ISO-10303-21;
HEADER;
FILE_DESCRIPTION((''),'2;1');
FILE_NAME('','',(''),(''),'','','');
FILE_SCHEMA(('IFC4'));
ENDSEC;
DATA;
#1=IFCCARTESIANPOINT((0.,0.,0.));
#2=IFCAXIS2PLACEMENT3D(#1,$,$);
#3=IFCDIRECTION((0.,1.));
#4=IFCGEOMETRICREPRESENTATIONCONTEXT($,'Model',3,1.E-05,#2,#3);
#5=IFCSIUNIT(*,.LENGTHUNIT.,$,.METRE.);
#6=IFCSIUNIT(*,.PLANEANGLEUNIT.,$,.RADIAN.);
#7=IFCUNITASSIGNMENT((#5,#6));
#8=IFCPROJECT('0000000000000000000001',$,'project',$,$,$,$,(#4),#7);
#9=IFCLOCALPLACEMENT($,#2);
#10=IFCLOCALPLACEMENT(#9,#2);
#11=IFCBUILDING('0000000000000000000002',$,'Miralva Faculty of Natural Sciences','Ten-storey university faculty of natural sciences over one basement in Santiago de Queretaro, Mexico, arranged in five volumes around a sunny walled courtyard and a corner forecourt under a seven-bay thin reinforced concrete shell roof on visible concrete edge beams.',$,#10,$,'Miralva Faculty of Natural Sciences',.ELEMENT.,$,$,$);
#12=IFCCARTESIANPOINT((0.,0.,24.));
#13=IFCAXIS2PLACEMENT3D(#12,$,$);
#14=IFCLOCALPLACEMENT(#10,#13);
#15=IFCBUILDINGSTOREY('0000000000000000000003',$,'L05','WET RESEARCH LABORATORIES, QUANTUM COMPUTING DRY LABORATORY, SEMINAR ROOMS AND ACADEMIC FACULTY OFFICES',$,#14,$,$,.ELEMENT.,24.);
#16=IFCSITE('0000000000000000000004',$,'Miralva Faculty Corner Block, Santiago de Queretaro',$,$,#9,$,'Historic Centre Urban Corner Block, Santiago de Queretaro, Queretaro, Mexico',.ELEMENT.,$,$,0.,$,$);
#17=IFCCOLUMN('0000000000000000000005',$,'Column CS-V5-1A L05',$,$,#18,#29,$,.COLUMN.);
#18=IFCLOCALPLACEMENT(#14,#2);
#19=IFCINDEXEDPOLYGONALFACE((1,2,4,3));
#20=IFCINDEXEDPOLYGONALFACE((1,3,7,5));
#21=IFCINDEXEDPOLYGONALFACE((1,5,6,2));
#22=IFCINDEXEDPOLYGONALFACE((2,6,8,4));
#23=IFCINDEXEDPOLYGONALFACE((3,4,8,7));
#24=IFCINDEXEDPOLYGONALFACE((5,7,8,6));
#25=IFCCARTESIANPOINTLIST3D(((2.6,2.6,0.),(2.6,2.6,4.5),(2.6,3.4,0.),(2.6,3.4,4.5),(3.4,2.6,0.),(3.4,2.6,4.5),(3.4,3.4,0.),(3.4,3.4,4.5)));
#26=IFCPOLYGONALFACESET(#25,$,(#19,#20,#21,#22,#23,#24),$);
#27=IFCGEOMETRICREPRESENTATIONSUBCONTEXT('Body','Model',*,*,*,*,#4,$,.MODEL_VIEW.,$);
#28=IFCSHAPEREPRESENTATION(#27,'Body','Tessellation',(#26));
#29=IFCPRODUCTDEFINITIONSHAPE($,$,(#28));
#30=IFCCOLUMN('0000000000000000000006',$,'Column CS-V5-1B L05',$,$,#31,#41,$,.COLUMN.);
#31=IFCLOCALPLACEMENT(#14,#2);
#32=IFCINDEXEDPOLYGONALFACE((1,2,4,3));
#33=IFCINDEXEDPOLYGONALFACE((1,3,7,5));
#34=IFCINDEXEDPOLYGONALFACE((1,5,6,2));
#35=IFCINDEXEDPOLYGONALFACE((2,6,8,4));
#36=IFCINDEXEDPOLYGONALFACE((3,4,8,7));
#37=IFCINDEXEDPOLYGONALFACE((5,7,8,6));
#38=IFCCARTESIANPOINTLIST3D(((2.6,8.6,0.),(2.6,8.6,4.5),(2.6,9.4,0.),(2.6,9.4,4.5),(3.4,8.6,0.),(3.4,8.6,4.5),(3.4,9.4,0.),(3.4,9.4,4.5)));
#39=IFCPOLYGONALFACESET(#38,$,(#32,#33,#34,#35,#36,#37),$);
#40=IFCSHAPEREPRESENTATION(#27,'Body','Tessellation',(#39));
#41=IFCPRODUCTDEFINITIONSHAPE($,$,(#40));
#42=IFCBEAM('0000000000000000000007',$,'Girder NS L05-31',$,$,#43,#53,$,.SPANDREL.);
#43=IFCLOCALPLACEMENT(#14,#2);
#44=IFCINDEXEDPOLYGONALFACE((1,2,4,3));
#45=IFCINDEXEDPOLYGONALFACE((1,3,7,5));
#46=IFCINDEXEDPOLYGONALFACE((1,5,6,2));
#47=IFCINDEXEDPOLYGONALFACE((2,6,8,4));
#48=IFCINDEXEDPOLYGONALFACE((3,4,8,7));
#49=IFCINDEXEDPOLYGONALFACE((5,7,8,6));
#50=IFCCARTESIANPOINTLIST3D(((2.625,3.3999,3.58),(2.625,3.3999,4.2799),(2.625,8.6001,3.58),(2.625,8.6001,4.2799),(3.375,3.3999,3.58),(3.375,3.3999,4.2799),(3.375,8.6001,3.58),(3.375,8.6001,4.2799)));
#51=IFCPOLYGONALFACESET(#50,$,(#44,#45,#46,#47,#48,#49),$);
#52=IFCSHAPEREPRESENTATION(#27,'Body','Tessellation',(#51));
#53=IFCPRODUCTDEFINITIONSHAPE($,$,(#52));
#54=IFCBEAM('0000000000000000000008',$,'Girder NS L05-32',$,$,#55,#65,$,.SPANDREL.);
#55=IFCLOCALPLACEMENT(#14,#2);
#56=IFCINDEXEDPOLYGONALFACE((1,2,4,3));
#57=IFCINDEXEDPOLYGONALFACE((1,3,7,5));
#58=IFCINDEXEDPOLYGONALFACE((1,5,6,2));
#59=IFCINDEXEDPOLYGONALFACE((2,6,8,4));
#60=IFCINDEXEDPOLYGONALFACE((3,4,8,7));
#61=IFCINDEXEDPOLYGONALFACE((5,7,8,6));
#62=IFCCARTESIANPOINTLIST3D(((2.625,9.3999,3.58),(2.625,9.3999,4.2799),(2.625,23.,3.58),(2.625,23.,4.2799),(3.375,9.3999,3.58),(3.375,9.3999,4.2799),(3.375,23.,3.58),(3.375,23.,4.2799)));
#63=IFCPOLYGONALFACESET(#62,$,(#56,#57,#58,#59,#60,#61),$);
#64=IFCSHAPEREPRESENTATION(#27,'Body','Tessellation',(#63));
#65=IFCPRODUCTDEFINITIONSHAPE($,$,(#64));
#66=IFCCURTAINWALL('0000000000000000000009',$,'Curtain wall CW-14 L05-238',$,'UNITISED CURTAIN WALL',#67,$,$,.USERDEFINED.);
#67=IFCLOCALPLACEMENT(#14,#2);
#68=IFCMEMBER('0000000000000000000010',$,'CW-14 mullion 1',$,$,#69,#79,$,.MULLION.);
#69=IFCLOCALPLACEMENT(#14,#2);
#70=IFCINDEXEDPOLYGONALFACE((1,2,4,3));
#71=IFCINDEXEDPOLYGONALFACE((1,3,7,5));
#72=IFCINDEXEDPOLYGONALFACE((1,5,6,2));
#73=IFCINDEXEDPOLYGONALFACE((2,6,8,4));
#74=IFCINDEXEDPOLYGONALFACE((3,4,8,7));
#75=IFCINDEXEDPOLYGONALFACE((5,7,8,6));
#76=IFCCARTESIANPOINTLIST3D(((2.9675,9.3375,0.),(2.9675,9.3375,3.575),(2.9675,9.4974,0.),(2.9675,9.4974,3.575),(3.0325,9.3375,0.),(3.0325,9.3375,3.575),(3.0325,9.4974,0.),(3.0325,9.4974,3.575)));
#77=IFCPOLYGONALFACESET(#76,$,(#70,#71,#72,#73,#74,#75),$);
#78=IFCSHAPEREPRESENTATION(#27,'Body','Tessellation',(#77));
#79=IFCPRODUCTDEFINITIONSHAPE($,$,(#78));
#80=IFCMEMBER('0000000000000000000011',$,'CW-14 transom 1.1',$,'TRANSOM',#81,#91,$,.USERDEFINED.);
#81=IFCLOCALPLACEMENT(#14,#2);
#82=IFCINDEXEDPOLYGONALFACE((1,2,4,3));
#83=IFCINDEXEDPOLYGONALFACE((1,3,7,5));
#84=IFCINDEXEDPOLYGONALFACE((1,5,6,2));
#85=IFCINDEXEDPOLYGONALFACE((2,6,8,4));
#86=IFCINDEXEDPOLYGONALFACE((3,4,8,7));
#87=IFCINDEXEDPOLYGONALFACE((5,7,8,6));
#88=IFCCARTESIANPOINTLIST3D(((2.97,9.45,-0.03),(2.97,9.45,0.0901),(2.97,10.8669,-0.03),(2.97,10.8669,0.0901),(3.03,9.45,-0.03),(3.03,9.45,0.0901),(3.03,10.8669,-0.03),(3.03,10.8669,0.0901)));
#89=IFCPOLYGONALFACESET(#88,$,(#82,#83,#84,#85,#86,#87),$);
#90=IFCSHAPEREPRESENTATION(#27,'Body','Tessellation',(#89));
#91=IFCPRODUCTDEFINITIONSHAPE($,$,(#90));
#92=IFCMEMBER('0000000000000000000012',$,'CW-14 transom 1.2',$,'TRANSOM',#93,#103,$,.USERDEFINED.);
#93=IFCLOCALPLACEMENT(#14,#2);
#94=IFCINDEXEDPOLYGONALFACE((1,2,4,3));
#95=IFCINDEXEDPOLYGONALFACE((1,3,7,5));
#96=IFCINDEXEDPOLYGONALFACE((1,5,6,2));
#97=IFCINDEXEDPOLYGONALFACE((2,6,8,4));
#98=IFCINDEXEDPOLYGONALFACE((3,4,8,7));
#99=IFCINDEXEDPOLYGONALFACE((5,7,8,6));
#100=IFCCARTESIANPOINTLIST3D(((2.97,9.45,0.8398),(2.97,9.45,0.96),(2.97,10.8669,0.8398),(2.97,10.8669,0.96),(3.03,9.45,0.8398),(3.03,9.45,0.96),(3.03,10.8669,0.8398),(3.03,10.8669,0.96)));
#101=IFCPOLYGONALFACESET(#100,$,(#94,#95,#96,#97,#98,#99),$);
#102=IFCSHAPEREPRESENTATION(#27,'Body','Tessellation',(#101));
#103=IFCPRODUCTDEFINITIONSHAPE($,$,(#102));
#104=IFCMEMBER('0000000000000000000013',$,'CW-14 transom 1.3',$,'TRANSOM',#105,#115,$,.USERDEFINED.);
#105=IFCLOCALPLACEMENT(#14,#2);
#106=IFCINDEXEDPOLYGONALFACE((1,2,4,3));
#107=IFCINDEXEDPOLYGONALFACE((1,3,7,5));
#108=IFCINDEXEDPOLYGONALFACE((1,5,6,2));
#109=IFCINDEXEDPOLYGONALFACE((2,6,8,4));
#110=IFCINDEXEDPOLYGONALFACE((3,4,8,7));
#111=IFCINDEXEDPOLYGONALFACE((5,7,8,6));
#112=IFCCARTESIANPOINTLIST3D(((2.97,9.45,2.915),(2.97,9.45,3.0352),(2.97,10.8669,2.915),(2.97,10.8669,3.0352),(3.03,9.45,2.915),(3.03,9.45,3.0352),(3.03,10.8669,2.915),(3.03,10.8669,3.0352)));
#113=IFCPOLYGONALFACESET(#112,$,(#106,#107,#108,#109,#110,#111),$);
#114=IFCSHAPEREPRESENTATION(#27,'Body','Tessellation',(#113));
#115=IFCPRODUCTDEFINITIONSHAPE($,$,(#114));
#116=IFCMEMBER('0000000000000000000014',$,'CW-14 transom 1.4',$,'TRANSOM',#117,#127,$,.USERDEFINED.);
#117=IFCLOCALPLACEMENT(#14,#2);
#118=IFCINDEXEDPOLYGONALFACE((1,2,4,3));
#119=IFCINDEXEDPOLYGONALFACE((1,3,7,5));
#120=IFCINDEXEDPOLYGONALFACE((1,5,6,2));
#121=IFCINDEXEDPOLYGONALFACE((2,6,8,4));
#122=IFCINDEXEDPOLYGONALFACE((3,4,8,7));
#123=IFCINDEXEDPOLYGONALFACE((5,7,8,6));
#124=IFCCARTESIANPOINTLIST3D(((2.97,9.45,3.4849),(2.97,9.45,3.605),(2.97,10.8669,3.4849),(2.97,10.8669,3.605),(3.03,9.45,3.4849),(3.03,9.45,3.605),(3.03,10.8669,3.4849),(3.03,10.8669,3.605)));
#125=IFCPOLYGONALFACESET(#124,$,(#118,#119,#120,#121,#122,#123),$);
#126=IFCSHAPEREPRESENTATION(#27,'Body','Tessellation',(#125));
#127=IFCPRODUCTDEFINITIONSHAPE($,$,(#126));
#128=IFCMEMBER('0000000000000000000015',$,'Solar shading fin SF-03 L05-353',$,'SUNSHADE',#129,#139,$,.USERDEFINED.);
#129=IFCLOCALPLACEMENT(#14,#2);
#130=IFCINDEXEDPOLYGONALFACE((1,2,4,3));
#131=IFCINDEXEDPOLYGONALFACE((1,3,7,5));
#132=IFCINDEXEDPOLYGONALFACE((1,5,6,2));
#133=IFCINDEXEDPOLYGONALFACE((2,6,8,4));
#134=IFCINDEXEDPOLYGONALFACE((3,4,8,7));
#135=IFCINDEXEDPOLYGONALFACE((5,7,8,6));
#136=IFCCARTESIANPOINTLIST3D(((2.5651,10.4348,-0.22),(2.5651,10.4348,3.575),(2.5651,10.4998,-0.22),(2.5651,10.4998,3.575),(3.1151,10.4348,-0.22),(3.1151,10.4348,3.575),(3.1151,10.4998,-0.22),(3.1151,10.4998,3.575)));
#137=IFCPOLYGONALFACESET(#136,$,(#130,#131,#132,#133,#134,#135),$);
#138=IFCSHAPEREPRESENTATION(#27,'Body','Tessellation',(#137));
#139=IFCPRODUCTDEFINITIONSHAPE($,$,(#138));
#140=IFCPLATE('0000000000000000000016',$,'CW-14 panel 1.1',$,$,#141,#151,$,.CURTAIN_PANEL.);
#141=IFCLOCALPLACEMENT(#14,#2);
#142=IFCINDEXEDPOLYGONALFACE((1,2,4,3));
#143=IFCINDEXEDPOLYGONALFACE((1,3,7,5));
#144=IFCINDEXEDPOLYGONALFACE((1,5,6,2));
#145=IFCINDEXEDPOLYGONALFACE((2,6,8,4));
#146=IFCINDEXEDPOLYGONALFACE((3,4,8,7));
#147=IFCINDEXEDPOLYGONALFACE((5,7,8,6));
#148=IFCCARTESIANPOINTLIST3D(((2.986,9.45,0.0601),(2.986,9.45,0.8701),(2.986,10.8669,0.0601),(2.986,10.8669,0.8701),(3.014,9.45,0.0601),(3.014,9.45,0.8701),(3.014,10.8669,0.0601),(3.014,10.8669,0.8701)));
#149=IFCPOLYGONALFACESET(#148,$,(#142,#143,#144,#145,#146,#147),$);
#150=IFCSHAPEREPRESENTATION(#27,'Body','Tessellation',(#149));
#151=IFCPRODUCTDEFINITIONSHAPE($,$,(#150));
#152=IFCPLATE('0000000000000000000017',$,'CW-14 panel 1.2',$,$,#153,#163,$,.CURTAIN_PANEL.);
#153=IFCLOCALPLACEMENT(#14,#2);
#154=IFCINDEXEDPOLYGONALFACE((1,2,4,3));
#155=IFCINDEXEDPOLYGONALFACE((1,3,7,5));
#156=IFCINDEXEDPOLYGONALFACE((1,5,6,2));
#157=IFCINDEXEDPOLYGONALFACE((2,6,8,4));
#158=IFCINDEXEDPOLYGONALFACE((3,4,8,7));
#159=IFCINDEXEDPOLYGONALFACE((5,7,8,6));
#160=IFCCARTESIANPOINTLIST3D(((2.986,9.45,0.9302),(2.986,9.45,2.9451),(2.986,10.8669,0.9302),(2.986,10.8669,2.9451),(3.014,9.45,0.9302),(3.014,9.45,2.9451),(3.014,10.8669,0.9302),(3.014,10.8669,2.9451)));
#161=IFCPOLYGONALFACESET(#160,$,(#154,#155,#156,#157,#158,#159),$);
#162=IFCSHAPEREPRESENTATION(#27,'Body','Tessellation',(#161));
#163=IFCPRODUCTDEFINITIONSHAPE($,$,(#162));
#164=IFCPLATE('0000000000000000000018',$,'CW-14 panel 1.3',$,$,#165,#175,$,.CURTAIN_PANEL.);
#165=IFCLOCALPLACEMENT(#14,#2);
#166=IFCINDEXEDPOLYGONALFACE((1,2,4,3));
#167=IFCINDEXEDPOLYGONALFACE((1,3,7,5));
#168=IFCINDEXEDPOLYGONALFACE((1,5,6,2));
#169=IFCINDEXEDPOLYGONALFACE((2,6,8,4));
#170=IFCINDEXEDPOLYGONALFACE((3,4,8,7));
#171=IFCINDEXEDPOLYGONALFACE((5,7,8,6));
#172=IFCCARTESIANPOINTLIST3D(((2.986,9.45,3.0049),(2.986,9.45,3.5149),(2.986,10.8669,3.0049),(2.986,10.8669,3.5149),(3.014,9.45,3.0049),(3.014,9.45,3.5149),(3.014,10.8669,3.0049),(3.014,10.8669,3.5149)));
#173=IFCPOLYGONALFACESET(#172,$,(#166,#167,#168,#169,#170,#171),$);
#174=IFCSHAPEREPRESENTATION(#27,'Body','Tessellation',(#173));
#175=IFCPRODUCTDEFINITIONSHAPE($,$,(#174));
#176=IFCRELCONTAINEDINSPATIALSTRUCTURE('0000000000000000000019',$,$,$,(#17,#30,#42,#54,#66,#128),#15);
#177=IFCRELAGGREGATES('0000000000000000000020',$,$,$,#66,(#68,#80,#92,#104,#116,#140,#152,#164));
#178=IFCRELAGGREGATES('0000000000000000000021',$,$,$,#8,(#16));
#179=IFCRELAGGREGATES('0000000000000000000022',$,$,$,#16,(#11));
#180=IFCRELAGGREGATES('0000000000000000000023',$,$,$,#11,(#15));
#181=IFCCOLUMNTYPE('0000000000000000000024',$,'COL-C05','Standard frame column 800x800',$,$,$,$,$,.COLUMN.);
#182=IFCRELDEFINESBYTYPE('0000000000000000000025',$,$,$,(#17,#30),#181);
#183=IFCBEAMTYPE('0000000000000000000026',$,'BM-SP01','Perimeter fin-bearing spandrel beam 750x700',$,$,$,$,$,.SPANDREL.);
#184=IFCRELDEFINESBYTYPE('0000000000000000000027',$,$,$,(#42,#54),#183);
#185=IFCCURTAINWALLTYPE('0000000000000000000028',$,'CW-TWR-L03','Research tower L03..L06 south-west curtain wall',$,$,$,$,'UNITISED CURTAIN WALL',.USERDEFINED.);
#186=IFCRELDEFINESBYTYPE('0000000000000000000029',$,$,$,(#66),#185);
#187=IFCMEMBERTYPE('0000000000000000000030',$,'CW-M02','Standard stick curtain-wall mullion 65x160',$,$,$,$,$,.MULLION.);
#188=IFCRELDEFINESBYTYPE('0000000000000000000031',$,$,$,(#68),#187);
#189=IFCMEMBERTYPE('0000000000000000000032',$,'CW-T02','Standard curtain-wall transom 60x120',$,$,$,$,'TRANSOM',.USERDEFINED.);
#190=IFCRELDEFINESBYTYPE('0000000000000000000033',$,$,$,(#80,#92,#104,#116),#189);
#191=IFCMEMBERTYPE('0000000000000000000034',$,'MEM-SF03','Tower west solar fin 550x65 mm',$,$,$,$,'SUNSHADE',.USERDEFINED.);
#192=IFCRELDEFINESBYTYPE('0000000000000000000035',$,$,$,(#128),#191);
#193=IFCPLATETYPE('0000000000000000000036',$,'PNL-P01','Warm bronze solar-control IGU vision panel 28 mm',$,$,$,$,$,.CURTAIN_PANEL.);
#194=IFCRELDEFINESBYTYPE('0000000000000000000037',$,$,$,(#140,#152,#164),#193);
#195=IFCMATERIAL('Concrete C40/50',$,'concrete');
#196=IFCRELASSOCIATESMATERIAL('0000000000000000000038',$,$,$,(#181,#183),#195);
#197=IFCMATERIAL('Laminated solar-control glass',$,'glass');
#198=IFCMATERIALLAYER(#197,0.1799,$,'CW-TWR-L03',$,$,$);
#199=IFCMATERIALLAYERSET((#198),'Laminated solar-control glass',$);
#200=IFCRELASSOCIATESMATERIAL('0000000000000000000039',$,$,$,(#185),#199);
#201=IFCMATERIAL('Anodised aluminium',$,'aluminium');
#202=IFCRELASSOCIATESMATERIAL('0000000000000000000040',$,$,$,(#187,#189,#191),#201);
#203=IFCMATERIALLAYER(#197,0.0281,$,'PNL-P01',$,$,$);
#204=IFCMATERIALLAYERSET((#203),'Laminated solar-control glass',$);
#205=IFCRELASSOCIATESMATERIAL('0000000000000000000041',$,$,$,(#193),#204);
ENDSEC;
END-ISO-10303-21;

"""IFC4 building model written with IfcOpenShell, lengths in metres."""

from ifc_helpers import new_model, si_unit, direction, frame, origin, origin_2d, place, context, subcontext, project, spatial, rectangle, extrude, material, layer, layer_set, material_profile, profile_set, type_object, element, aggregate, save


model = new_model("IFC4")

# Units and contexts
model_context = context("Model", 3, precision=1e-05, world=origin(), true_north=direction((0.0, 1.0)))
body_context = subcontext(model_context, "Body", "Model", "MODEL_VIEW")
ifc_project = project(units=[si_unit("LENGTHUNIT", "METRE"), si_unit("PLANEANGLEUNIT", "RADIAN")], contexts=[model_context])

# Site, building, storey
site_placement = place(None, origin())
site = spatial("IfcSite", under=ifc_project, at=site_placement, Name="Miralva Faculty Corner Block, Santiago de Queretaro", LongName="Historic Centre Urban Corner Block, Santiago de Queretaro, Queretaro, Mexico", CompositionType="ELEMENT", RefElevation=0.0)
building_placement = place(site_placement, origin())
building = spatial("IfcBuilding", under=site, at=building_placement, Name="Miralva Faculty of Natural Sciences", Description="Ten-storey university faculty of natural sciences over one basement in Santiago de Queretaro, Mexico, arranged in five volumes around a sunny walled courtyard and a corner forecourt under a seven-bay thin reinforced concrete shell roof on visible concrete edge beams.", LongName="Miralva Faculty of Natural Sciences", CompositionType="ELEMENT")
storey_placement = place(building_placement, frame((0.0, 0.0, 24.0)))
storey = spatial("IfcBuildingStorey", under=building, at=storey_placement, Name="L05", Description="WET RESEARCH LABORATORIES, QUANTUM COMPUTING DRY LABORATORY, SEMINAR ROOMS AND ACADEMIC FACULTY OFFICES", CompositionType="ELEMENT", Elevation=24.0)

# Columns
ifc_material_1 = material(Name="Concrete C40/50", Category="concrete")
ifc_material_profile_1 = material_profile(ifc_material_1, rectangle(XDim=0.8, YDim=0.8, at=origin_2d()), Name="RC 800x800")
ifc_profile_set_1 = profile_set([ifc_material_profile_1], Name="Concrete C40/50")
column_type = type_object("IfcColumnType", Name="COL-C05", Description="Standard frame column 800x800", PredefinedType="COLUMN", material=ifc_profile_set_1)
for number, where, z_axis, x_axis, name in (
    (1, (3.0, 3.0, 0.0), (0.0, 0.0, 1.0), (1.0, 0.0, 0.0), "Column CS-V5-1A L05"),
    (2, (3.0, 9.0, 0.0), (0.0, 0.0, 1.0), (1.0, 0.0, 0.0), "Column CS-V5-1B L05"),
):
    element("IfcColumn", number, at=place(storey_placement, frame(where, z_axis=z_axis, x_axis=x_axis)), inside=storey, type_object=column_type, Name=name, PredefinedType="COLUMN", context=body_context, shape_type="SweptSolid", body=[
        extrude(rectangle(XDim=0.8, YDim=0.8, at=origin_2d()), origin(), (0.0, 0.0, 1.0), 4.5),
    ])

# Beams
ifc_material_profile_2 = material_profile(ifc_material_1, rectangle(XDim=0.75, YDim=0.7, at=origin_2d()), Name="RC 750x700")
ifc_profile_set_2 = profile_set([ifc_material_profile_2], Name="Concrete C40/50")
beam_type = type_object("IfcBeamType", Name="BM-SP01", Description="Perimeter fin-bearing spandrel beam 750x700", PredefinedType="SPANDREL", material=ifc_profile_set_2)
beam_1_placement = place(storey_placement, frame((3.0, 3.3999, 3.9299), z_axis=(0.0, 1.0, 0.0), x_axis=(-1.0, 0.0, 0.0)))
element("IfcBeam", 3, at=beam_1_placement, inside=storey, type_object=beam_type, Name="Girder NS L05-31", PredefinedType="SPANDREL", context=body_context, shape_type="SweptSolid", body=[
    extrude(rectangle(XDim=0.75, YDim=0.7, at=origin_2d()), origin(), (0.0, 0.0, 1.0), 5.2002),
])
beam_2_placement = place(storey_placement, frame((3.0, 9.3999, 3.9299), z_axis=(0.0, 1.0, 0.0), x_axis=(-1.0, 0.0, 0.0)))
element("IfcBeam", 4, at=beam_2_placement, inside=storey, type_object=beam_type, Name="Girder NS L05-32", PredefinedType="SPANDREL", context=body_context, shape_type="SweptSolid", body=[
    extrude(rectangle(XDim=0.75, YDim=0.7, at=origin_2d()), origin(), (0.0, 0.0, 1.0), 13.6001),
])

# Curtain wall, members
ifc_material_2 = material(Name="Laminated solar-control glass", Category="glass")
ifc_layer_1 = layer(ifc_material_2, 0.1799, Name="CW-TWR-L03")
ifc_layer_set_1 = layer_set([ifc_layer_1], Name="Laminated solar-control glass")
curtain_wall_type = type_object("IfcCurtainWallType", Name="CW-TWR-L03", Description="Research tower L03..L06 south-west curtain wall", ElementType="UNITISED CURTAIN WALL", PredefinedType="USERDEFINED", material=ifc_layer_set_1)
curtain_wall_placement = place(storey_placement, origin())
curtain_wall = element("IfcCurtainWall", 5, at=curtain_wall_placement, inside=storey, type_object=curtain_wall_type, Name="Curtain wall CW-14 L05-238", ObjectType="UNITISED CURTAIN WALL", PredefinedType="USERDEFINED")
ifc_material_3 = material(Name="Anodised aluminium", Category="aluminium")
ifc_material_profile_3 = material_profile(ifc_material_3, rectangle(XDim=0.0649, YDim=0.1599, at=origin_2d()), Name="MULLION 65x160")
ifc_profile_set_3 = profile_set([ifc_material_profile_3], Name="Anodised aluminium")
member_type_1 = type_object("IfcMemberType", Name="CW-M02", Description="Standard stick curtain-wall mullion 65x160", PredefinedType="MULLION", material=ifc_profile_set_3)
member_1_placement = place(storey_placement, frame((3.0, 9.4175, 0.0), z_axis=(0.0, 0.0, 1.0), x_axis=(-1.0, 0.0, 0.0)))
member_1 = element("IfcMember", 6, at=member_1_placement, type_object=member_type_1, Name="CW-14 mullion 1", PredefinedType="MULLION", context=body_context, shape_type="SweptSolid", body=[
    extrude(rectangle(XDim=0.0649, YDim=0.1599, at=origin_2d()), origin(), (0.0, 0.0, 1.0), 3.575),
])
ifc_material_profile_4 = material_profile(ifc_material_3, rectangle(XDim=0.0601, YDim=0.1201, at=origin_2d()), Name="TRANSOM 60x120")
ifc_profile_set_4 = profile_set([ifc_material_profile_4], Name="Anodised aluminium")
member_type_2 = type_object("IfcMemberType", Name="CW-T02", Description="Standard curtain-wall transom 60x120", ElementType="TRANSOM", PredefinedType="USERDEFINED", material=ifc_profile_set_4)
member_2_placement = place(storey_placement, frame((3.0, 9.45, 0.03), z_axis=(0.0, 1.0, 0.0), x_axis=(-1.0, 0.0, 0.0)))
member_2 = element("IfcMember", 7, at=member_2_placement, type_object=member_type_2, Name="CW-14 transom 1.1", ObjectType="TRANSOM", PredefinedType="USERDEFINED", context=body_context, shape_type="SweptSolid", body=[
    extrude(rectangle(XDim=0.0601, YDim=0.1201, at=origin_2d()), origin(), (0.0, 0.0, 1.0), 1.417),
])
member_3_placement = place(storey_placement, frame((3.0, 9.45, 0.8999), z_axis=(0.0, 1.0, 0.0), x_axis=(-1.0, 0.0, 0.0)))
member_3 = element("IfcMember", 8, at=member_3_placement, type_object=member_type_2, Name="CW-14 transom 1.2", ObjectType="TRANSOM", PredefinedType="USERDEFINED", context=body_context, shape_type="SweptSolid", body=[
    extrude(rectangle(XDim=0.0601, YDim=0.1201, at=origin_2d()), origin(), (0.0, 0.0, 1.0), 1.417),
])
member_4_placement = place(storey_placement, frame((3.0, 9.45, 2.9751), z_axis=(0.0, 1.0, 0.0), x_axis=(-1.0, 0.0, 0.0)))
member_4 = element("IfcMember", 9, at=member_4_placement, type_object=member_type_2, Name="CW-14 transom 1.3", ObjectType="TRANSOM", PredefinedType="USERDEFINED", context=body_context, shape_type="SweptSolid", body=[
    extrude(rectangle(XDim=0.0601, YDim=0.1201, at=origin_2d()), origin(), (0.0, 0.0, 1.0), 1.417),
])
member_5_placement = place(storey_placement, frame((3.0, 9.45, 3.5449), z_axis=(0.0, 1.0, 0.0), x_axis=(-1.0, 0.0, 0.0)))
member_5 = element("IfcMember", 10, at=member_5_placement, type_object=member_type_2, Name="CW-14 transom 1.4", ObjectType="TRANSOM", PredefinedType="USERDEFINED", context=body_context, shape_type="SweptSolid", body=[
    extrude(rectangle(XDim=0.0601, YDim=0.1201, at=origin_2d()), origin(), (0.0, 0.0, 1.0), 1.417),
])

# Member
ifc_material_profile_5 = material_profile(ifc_material_3, rectangle(XDim=0.0649, YDim=0.55, at=origin_2d()), Name="FIN 550x65")
ifc_profile_set_5 = profile_set([ifc_material_profile_5], Name="Anodised aluminium")
member_type_3 = type_object("IfcMemberType", Name="MEM-SF03", Description="Tower west solar fin 550x65 mm", ElementType="SUNSHADE", PredefinedType="USERDEFINED", material=ifc_profile_set_5)
member_6_placement = place(storey_placement, frame((2.8401, 10.4673, -0.22), z_axis=(0.0, 0.0, 1.0), x_axis=(0.0, -1.0, 0.0)))
element("IfcMember", 11, at=member_6_placement, inside=storey, type_object=member_type_3, Name="Solar shading fin SF-03 L05-353", ObjectType="SUNSHADE", PredefinedType="USERDEFINED", context=body_context, shape_type="SweptSolid", body=[
    extrude(rectangle(XDim=0.0649, YDim=0.55, at=origin_2d()), origin(), (0.0, 0.0, 1.0), 3.7949),
])

# Plates
ifc_layer_2 = layer(ifc_material_2, 0.0281, Name="PNL-P01")
ifc_layer_set_2 = layer_set([ifc_layer_2], Name="Laminated solar-control glass")
plate_type = type_object("IfcPlateType", Name="PNL-P01", Description="Warm bronze solar-control IGU vision panel 28 mm", PredefinedType="CURTAIN_PANEL", material=ifc_layer_set_2)
plate_1_placement = place(storey_placement, frame((3.0, 10.1584, 0.0601), z_axis=(0.0, 0.0, 1.0), x_axis=(0.0, 1.0, 0.0)))
plate_1 = element("IfcPlate", 12, at=plate_1_placement, type_object=plate_type, Name="CW-14 panel 1.1", PredefinedType="CURTAIN_PANEL", context=body_context, shape_type="SweptSolid", body=[
    extrude(rectangle(XDim=1.417, YDim=0.0281, at=origin_2d()), origin(), (0.0, 0.0, 1.0), 0.8101),
])
plate_2_placement = place(storey_placement, frame((3.0, 10.1584, 0.9302), z_axis=(0.0, 0.0, 1.0), x_axis=(0.0, 1.0, 0.0)))
plate_2 = element("IfcPlate", 13, at=plate_2_placement, type_object=plate_type, Name="CW-14 panel 1.2", PredefinedType="CURTAIN_PANEL", context=body_context, shape_type="SweptSolid", body=[
    extrude(rectangle(XDim=1.417, YDim=0.0281, at=origin_2d()), origin(), (0.0, 0.0, 1.0), 2.0149),
])
plate_3_placement = place(storey_placement, frame((3.0, 10.1584, 3.0049), z_axis=(0.0, 0.0, 1.0), x_axis=(0.0, 1.0, 0.0)))
plate_3 = element("IfcPlate", 14, at=plate_3_placement, type_object=plate_type, Name="CW-14 panel 1.3", PredefinedType="CURTAIN_PANEL", context=body_context, shape_type="SweptSolid", body=[
    extrude(rectangle(XDim=1.417, YDim=0.0281, at=origin_2d()), origin(), (0.0, 0.0, 1.0), 0.51),
])
aggregate(curtain_wall, [member_1, member_2, member_3, member_4, member_5, plate_1, plate_2, plate_3])

save(model, "model.ifc")
